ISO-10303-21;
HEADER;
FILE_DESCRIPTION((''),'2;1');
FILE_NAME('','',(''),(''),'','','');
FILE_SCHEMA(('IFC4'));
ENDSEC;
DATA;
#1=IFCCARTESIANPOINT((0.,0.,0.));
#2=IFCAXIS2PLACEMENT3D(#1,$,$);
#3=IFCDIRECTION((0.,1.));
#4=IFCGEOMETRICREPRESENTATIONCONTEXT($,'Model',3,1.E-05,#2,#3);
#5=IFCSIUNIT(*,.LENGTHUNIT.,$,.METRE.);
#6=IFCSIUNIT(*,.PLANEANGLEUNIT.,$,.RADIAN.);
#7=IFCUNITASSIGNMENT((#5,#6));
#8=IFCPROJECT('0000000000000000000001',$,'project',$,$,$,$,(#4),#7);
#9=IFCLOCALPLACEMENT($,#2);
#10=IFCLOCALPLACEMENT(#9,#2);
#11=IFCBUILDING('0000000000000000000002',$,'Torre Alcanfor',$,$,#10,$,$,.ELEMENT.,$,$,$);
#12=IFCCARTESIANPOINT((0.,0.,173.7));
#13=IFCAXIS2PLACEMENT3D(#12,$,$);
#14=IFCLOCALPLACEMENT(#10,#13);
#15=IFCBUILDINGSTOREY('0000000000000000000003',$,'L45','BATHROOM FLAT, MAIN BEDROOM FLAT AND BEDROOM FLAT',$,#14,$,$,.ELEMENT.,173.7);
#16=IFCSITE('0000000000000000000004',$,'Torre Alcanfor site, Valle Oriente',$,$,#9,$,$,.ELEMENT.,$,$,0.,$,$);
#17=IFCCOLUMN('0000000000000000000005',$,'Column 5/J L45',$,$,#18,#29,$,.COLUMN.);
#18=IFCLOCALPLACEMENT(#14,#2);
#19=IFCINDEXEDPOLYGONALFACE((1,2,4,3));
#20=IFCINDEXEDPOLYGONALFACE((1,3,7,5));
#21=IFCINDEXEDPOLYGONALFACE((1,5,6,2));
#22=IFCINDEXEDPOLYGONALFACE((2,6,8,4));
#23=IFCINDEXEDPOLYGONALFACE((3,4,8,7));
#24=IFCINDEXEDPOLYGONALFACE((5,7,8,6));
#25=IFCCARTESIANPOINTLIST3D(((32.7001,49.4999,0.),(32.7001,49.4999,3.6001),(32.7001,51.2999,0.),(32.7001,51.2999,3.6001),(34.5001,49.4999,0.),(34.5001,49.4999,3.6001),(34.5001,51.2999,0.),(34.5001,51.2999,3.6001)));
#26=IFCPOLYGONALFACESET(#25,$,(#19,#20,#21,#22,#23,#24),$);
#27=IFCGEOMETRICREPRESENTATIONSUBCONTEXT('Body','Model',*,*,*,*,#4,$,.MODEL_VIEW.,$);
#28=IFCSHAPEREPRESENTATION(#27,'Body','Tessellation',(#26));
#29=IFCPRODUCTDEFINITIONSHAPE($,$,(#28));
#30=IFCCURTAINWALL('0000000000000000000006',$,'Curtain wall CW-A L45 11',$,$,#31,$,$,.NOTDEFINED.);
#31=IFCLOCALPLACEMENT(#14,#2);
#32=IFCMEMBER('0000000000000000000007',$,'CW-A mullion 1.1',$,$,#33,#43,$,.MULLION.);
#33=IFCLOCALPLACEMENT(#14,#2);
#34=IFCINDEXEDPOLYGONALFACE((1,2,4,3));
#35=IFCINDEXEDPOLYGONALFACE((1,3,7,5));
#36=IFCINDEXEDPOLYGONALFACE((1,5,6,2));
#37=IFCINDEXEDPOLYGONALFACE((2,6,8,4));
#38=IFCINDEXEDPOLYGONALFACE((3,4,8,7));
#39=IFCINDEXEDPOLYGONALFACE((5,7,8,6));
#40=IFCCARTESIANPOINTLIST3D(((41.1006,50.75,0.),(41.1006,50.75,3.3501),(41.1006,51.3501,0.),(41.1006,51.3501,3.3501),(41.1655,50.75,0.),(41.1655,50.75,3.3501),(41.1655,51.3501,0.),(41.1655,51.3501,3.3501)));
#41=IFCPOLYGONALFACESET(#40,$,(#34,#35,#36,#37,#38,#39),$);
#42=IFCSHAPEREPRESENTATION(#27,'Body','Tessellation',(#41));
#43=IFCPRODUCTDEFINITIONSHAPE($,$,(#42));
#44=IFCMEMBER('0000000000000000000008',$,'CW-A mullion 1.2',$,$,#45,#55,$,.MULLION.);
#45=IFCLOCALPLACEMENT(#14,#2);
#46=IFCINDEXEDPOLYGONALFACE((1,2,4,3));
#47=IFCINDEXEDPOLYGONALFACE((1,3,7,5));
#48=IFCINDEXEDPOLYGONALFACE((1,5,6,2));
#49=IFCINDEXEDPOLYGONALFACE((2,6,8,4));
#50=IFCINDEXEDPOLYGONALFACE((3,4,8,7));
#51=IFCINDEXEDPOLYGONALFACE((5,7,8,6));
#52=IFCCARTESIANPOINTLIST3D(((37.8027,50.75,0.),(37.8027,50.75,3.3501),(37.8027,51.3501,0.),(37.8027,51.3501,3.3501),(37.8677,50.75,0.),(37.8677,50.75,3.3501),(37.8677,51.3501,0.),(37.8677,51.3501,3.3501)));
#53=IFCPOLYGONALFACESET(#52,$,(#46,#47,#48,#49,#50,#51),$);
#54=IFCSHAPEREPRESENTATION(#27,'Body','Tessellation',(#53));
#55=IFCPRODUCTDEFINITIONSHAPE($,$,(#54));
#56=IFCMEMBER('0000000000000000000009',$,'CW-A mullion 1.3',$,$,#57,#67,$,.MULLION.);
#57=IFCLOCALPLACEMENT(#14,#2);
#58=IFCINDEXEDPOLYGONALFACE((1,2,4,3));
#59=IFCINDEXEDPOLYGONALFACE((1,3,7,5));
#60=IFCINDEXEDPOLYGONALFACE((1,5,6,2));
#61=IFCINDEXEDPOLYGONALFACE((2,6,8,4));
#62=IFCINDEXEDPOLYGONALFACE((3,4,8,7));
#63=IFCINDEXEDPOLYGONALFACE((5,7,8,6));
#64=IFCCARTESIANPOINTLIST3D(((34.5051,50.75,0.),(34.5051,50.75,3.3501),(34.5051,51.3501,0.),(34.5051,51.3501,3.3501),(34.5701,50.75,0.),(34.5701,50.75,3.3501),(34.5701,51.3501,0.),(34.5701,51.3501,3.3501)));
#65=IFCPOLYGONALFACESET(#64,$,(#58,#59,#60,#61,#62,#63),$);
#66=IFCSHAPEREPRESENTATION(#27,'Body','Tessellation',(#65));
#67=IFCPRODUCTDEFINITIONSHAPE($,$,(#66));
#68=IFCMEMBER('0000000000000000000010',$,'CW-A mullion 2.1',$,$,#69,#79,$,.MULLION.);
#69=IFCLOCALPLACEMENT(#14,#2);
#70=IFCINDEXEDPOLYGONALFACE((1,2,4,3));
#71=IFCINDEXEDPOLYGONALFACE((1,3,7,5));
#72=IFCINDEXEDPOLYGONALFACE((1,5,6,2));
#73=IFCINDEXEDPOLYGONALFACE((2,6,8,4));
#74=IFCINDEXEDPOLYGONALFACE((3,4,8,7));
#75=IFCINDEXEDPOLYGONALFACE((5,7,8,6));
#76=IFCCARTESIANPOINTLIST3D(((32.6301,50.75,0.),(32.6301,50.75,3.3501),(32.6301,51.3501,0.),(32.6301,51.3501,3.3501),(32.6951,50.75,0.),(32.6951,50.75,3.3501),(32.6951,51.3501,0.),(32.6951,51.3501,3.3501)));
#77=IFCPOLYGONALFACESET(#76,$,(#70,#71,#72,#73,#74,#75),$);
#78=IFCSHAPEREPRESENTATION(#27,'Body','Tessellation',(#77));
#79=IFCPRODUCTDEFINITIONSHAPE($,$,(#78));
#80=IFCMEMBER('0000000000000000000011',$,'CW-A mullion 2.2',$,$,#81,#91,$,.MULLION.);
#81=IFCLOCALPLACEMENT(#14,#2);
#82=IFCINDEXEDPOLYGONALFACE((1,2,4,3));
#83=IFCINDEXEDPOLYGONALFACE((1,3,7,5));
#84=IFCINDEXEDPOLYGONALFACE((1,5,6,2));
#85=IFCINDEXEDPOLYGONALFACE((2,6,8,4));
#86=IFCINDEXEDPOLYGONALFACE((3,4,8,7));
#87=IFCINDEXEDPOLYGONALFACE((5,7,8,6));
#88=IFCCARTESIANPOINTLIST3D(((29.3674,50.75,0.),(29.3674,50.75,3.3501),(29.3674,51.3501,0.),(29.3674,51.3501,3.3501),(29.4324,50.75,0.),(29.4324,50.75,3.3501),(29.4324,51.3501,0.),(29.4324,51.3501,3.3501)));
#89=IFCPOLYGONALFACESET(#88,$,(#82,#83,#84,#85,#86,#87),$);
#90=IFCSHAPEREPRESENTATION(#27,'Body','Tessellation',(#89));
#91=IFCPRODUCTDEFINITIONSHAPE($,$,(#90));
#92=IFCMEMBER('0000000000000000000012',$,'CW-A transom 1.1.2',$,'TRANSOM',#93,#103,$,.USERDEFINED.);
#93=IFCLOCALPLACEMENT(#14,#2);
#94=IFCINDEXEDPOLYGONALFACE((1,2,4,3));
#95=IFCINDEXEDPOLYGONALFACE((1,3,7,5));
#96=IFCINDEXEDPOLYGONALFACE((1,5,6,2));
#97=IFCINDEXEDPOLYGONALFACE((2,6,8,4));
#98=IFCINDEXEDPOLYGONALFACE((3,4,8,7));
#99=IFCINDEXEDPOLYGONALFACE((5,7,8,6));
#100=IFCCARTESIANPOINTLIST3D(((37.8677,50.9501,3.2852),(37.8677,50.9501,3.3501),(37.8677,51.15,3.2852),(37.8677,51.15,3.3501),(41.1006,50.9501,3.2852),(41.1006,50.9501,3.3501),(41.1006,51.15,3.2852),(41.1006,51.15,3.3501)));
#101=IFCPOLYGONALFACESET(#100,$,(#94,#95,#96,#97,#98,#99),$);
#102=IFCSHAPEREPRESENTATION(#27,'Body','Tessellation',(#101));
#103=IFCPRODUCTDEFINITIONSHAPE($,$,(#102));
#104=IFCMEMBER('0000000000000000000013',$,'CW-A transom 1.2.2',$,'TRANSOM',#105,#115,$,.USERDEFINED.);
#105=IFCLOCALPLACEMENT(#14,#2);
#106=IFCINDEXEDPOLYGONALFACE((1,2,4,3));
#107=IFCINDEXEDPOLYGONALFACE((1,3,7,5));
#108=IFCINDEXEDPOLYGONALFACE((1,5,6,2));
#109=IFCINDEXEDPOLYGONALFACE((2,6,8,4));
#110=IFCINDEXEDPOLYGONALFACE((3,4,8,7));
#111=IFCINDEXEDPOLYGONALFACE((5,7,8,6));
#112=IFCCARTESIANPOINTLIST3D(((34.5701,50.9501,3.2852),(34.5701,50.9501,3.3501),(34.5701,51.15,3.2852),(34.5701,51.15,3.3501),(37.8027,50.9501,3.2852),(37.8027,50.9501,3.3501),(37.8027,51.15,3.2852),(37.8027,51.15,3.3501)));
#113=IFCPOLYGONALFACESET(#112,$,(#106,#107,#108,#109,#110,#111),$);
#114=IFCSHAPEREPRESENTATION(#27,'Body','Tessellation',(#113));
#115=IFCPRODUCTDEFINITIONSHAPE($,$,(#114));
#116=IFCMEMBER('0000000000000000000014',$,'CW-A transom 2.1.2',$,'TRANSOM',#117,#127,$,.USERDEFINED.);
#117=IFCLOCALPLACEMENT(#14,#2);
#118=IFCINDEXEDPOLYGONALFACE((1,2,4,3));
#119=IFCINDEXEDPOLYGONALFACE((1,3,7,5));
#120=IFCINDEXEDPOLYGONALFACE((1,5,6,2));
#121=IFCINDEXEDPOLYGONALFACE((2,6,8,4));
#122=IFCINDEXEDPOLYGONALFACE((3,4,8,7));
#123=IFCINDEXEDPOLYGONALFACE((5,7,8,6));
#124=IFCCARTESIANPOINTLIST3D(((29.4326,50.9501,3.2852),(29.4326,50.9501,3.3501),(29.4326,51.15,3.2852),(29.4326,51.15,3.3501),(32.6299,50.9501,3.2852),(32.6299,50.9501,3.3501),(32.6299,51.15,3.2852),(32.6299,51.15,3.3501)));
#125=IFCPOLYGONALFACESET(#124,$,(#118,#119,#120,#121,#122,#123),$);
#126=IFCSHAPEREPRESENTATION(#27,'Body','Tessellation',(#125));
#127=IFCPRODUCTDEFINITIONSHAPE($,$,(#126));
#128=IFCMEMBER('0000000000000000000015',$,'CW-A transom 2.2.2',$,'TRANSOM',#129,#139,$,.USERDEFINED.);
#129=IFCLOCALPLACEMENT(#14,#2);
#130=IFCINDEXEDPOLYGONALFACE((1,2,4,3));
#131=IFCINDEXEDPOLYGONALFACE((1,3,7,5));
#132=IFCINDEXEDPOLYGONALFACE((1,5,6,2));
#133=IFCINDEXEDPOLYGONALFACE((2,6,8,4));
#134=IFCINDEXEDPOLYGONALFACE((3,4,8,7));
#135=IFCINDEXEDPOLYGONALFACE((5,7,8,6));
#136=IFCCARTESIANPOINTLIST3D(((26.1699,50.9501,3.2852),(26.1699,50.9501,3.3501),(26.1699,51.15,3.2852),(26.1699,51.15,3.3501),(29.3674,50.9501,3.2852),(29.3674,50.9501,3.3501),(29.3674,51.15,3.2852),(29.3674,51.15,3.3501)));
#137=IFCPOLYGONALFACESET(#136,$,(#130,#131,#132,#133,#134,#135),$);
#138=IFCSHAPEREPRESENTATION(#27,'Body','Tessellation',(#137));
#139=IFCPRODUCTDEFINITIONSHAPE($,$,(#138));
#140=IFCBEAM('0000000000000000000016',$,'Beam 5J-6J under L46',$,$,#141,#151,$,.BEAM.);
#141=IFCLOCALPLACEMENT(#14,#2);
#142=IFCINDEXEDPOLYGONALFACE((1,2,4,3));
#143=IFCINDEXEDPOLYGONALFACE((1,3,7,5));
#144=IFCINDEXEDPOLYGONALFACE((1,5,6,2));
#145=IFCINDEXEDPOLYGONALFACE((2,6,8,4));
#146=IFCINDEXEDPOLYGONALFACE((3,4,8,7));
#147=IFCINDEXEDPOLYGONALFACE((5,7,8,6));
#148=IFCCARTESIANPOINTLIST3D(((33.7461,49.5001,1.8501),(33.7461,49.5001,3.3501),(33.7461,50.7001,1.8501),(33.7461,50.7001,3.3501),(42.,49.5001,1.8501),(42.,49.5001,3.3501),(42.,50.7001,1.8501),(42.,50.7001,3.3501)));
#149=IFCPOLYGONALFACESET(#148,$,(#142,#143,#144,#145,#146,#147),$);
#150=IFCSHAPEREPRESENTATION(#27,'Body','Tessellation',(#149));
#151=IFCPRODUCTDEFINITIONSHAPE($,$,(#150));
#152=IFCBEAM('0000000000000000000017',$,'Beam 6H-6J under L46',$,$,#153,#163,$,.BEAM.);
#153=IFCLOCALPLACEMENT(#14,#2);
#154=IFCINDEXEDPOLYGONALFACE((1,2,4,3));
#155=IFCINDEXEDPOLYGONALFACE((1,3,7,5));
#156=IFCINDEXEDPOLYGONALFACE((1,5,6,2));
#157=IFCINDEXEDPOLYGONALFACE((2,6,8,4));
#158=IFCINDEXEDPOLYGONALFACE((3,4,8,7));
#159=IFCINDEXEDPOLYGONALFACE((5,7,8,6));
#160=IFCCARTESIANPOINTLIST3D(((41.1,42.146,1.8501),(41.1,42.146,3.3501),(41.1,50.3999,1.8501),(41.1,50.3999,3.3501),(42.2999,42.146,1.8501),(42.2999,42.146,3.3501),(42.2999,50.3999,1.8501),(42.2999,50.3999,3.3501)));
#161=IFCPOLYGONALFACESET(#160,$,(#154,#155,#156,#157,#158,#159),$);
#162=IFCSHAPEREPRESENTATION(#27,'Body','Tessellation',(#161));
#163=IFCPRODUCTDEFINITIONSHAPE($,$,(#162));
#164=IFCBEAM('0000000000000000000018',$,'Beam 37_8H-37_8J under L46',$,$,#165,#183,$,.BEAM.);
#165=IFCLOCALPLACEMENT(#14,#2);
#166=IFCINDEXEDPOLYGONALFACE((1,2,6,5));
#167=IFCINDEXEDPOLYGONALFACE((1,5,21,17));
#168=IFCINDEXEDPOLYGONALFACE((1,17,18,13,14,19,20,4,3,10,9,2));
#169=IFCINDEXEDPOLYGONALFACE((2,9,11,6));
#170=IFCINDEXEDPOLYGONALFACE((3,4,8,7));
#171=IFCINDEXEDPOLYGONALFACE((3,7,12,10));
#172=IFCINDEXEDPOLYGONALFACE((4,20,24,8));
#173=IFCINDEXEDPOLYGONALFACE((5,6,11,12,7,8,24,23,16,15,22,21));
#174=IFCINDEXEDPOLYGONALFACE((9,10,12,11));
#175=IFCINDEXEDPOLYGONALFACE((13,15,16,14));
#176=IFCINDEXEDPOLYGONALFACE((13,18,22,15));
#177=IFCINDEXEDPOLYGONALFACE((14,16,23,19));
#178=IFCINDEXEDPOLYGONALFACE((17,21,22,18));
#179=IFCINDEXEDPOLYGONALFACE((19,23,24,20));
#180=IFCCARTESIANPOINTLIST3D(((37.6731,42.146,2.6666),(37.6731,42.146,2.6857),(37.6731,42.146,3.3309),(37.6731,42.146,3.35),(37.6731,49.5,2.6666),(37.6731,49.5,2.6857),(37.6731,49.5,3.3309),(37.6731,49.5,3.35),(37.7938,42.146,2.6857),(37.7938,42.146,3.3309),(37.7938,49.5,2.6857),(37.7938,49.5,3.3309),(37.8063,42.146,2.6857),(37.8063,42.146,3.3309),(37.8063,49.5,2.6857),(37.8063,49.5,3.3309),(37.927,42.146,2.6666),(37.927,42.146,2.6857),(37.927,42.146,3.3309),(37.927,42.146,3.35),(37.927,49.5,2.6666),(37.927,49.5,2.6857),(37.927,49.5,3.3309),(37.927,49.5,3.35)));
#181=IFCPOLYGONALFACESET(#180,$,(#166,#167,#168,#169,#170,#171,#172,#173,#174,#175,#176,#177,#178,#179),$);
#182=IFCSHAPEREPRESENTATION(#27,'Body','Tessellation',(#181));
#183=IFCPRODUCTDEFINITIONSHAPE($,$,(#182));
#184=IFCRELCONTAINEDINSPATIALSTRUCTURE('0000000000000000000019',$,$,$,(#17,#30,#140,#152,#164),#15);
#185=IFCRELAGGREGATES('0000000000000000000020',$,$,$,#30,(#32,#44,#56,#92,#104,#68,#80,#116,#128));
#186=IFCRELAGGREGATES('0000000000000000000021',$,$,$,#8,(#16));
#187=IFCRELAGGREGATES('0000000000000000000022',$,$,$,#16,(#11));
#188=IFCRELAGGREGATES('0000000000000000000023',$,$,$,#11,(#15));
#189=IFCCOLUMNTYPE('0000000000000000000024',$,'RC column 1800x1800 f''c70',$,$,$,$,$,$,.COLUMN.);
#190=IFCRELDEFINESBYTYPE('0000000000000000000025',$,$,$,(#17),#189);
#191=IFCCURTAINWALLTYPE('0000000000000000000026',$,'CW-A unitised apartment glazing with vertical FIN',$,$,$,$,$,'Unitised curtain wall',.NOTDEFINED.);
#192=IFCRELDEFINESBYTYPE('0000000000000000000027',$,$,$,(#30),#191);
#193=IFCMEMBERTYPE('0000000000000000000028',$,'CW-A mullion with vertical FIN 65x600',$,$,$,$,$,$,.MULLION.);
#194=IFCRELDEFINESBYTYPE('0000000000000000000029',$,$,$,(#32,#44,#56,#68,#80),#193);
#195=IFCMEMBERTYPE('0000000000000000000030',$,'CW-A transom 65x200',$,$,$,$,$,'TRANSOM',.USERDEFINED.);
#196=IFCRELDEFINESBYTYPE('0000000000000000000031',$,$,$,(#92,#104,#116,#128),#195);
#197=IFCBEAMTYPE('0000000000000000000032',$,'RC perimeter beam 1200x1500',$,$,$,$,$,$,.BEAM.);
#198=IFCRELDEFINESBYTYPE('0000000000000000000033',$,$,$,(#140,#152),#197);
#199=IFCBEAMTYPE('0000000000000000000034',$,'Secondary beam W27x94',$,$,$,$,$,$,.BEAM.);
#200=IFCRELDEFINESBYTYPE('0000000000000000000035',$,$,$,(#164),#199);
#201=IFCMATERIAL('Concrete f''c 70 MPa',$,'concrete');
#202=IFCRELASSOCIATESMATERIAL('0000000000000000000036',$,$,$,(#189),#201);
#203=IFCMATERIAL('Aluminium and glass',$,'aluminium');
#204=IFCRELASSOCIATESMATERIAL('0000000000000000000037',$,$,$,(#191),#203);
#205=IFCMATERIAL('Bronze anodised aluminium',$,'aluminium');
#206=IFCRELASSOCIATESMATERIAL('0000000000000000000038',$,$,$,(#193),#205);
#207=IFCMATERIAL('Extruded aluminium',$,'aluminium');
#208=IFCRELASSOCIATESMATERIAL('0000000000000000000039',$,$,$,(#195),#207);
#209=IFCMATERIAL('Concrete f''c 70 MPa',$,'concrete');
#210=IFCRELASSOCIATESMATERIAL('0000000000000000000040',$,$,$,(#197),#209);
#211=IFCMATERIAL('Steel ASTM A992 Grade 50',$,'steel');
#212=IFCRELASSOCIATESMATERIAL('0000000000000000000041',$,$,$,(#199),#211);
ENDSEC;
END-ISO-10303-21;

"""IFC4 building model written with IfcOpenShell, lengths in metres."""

from ifc_helpers import new_model, si_unit, direction, frame, origin, origin_2d, place, context, subcontext, project, spatial, rectangle, i_section, extrude, material, material_profile, profile_set, type_object, element, aggregate, save


model = new_model("IFC4")

# Units and contexts
model_context = context("Model", 3, precision=1e-05, world=origin(), true_north=direction((0.0, 1.0)))
body_context = subcontext(model_context, "Body", "Model", "MODEL_VIEW")
ifc_project = project(units=[si_unit("LENGTHUNIT", "METRE"), si_unit("PLANEANGLEUNIT", "RADIAN")], contexts=[model_context])

# Site, building, storey
site_placement = place(None, origin())
site = spatial("IfcSite", under=ifc_project, at=site_placement, Name="Torre Alcanfor site, Valle Oriente", CompositionType="ELEMENT", RefElevation=0.0)
building_placement = place(site_placement, origin())
building = spatial("IfcBuilding", under=site, at=building_placement, Name="Torre Alcanfor", CompositionType="ELEMENT")
storey_placement = place(building_placement, frame((0.0, 0.0, 173.7)))
storey = spatial("IfcBuildingStorey", under=building, at=storey_placement, Name="L45", Description="BATHROOM FLAT, MAIN BEDROOM FLAT AND BEDROOM FLAT", CompositionType="ELEMENT", Elevation=173.7)

# Column
ifc_material_1 = material(Name="Concrete f'c 70 MPa", Category="concrete")
ifc_material_profile_1 = material_profile(ifc_material_1, rectangle(XDim=1.8, YDim=1.8, at=origin_2d()), Name="1800x1800")
ifc_profile_set_1 = profile_set([ifc_material_profile_1], Name="Concrete f'c 70 MPa")
column_type = type_object("IfcColumnType", Name="RC column 1800x1800 f'c70", PredefinedType="COLUMN", material=ifc_profile_set_1)
column_placement = place(storey_placement, frame((33.6001, 50.3999, 0.0), z_axis=(0.0, 0.0, 1.0), x_axis=(1.0, 0.0, 0.0)))
element("IfcColumn", 1, at=column_placement, inside=storey, type_object=column_type, Name="Column 5/J L45", PredefinedType="COLUMN", context=body_context, shape_type="SweptSolid", body=[
    extrude(rectangle(XDim=1.8, YDim=1.8, at=origin_2d()), origin(), (0.0, 0.0, 1.0), 3.6001),
])

# Curtain wall, members
ifc_material_2 = material(Name="Aluminium and glass", Category="aluminium")
curtain_wall_type = type_object("IfcCurtainWallType", Name="CW-A unitised apartment glazing with vertical FIN", ElementType="Unitised curtain wall", PredefinedType="NOTDEFINED", material=ifc_material_2)
curtain_wall_placement = place(storey_placement, origin())
curtain_wall = element("IfcCurtainWall", 2, at=curtain_wall_placement, inside=storey, type_object=curtain_wall_type, Name="Curtain wall CW-A L45 11", PredefinedType="NOTDEFINED")
ifc_material_3 = material(Name="Bronze anodised aluminium", Category="aluminium")
ifc_material_profile_2 = material_profile(ifc_material_3, rectangle(XDim=0.6001, YDim=0.0649, at=origin_2d()), Name="CW-A mullion 65x600")
ifc_profile_set_2 = profile_set([ifc_material_profile_2], Name="Bronze anodised aluminium")
member_type_1 = type_object("IfcMemberType", Name="CW-A mullion with vertical FIN 65x600", PredefinedType="MULLION", material=ifc_profile_set_2)
member_1_placement = place(storey_placement, frame((41.1331, 51.05, 0.0), z_axis=(0.0, 0.0, 1.0), x_axis=(0.0, -1.0, 0.0)))
member_1 = element("IfcMember", 3, at=member_1_placement, type_object=member_type_1, Name="CW-A mullion 1.1", PredefinedType="MULLION", context=body_context, shape_type="SweptSolid", body=[
    extrude(rectangle(XDim=0.6001, YDim=0.0649, at=origin_2d()), origin(), (0.0, 0.0, 1.0), 3.3501),
])
member_2_placement = place(storey_placement, frame((37.8352, 51.05, 0.0), z_axis=(0.0, 0.0, 1.0), x_axis=(0.0, -1.0, 0.0)))
member_2 = element("IfcMember", 4, at=member_2_placement, type_object=member_type_1, Name="CW-A mullion 1.2", PredefinedType="MULLION", context=body_context, shape_type="SweptSolid", body=[
    extrude(rectangle(XDim=0.6001, YDim=0.0649, at=origin_2d()), origin(), (0.0, 0.0, 1.0), 3.3501),
])
member_3_placement = place(storey_placement, frame((34.5376, 51.05, 0.0), z_axis=(0.0, 0.0, 1.0), x_axis=(0.0, -1.0, 0.0)))
member_3 = element("IfcMember", 5, at=member_3_placement, type_object=member_type_1, Name="CW-A mullion 1.3", PredefinedType="MULLION", context=body_context, shape_type="SweptSolid", body=[
    extrude(rectangle(XDim=0.6001, YDim=0.0649, at=origin_2d()), origin(), (0.0, 0.0, 1.0), 3.3501),
])
member_4_placement = place(storey_placement, frame((32.6626, 51.05, 0.0), z_axis=(0.0, 0.0, 1.0), x_axis=(0.0, -1.0, 0.0)))
member_4 = element("IfcMember", 6, at=member_4_placement, type_object=member_type_1, Name="CW-A mullion 2.1", PredefinedType="MULLION", context=body_context, shape_type="SweptSolid", body=[
    extrude(rectangle(XDim=0.6001, YDim=0.0649, at=origin_2d()), origin(), (0.0, 0.0, 1.0), 3.3501),
])
member_5_placement = place(storey_placement, frame((29.3999, 51.05, 0.0), z_axis=(0.0, 0.0, 1.0), x_axis=(0.0, -1.0, 0.0)))
member_5 = element("IfcMember", 7, at=member_5_placement, type_object=member_type_1, Name="CW-A mullion 2.2", PredefinedType="MULLION", context=body_context, shape_type="SweptSolid", body=[
    extrude(rectangle(XDim=0.6001, YDim=0.0649, at=origin_2d()), origin(), (0.0, 0.0, 1.0), 3.3501),
])
ifc_material_4 = material(Name="Extruded aluminium", Category="aluminium")
ifc_material_profile_3 = material_profile(ifc_material_4, rectangle(XDim=0.2, YDim=0.0649, at=origin_2d()), Name="CW-A transom 200x65")
ifc_profile_set_3 = profile_set([ifc_material_profile_3], Name="Extruded aluminium")
member_type_2 = type_object("IfcMemberType", Name="CW-A transom 65x200", ElementType="TRANSOM", PredefinedType="USERDEFINED", material=ifc_profile_set_3)
member_6_placement = place(storey_placement, frame((41.1006, 51.05, 3.3176), z_axis=(-1.0, 0.0, 0.0), x_axis=(0.0, -1.0, 0.0)))
member_6 = element("IfcMember", 8, at=member_6_placement, type_object=member_type_2, Name="CW-A transom 1.1.2", ObjectType="TRANSOM", PredefinedType="USERDEFINED", context=body_context, shape_type="SweptSolid", body=[
    extrude(rectangle(XDim=0.2, YDim=0.0649, at=origin_2d()), origin(), (0.0, 0.0, 1.0), 3.2329),
])
member_7_placement = place(storey_placement, frame((37.8027, 51.05, 3.3176), z_axis=(-1.0, 0.0, 0.0), x_axis=(0.0, -1.0, 0.0)))
member_7 = element("IfcMember", 9, at=member_7_placement, type_object=member_type_2, Name="CW-A transom 1.2.2", ObjectType="TRANSOM", PredefinedType="USERDEFINED", context=body_context, shape_type="SweptSolid", body=[
    extrude(rectangle(XDim=0.2, YDim=0.0649, at=origin_2d()), origin(), (0.0, 0.0, 1.0), 3.2327),
])
member_8_placement = place(storey_placement, frame((32.6299, 51.05, 3.3176), z_axis=(-1.0, 0.0, 0.0), x_axis=(0.0, -1.0, 0.0)))
member_8 = element("IfcMember", 10, at=member_8_placement, type_object=member_type_2, Name="CW-A transom 2.1.2", ObjectType="TRANSOM", PredefinedType="USERDEFINED", context=body_context, shape_type="SweptSolid", body=[
    extrude(rectangle(XDim=0.2, YDim=0.0649, at=origin_2d()), origin(), (0.0, 0.0, 1.0), 3.1973),
])
member_9_placement = place(storey_placement, frame((29.3674, 51.05, 3.3176), z_axis=(-1.0, 0.0, 0.0), x_axis=(0.0, -1.0, 0.0)))
member_9 = element("IfcMember", 11, at=member_9_placement, type_object=member_type_2, Name="CW-A transom 2.2.2", ObjectType="TRANSOM", PredefinedType="USERDEFINED", context=body_context, shape_type="SweptSolid", body=[
    extrude(rectangle(XDim=0.2, YDim=0.0649, at=origin_2d()), origin(), (0.0, 0.0, 1.0), 3.1975),
])

# Beams
ifc_material_5 = material(Name="Concrete f'c 70 MPa", Category="concrete")
ifc_material_profile_4 = material_profile(ifc_material_5, rectangle(XDim=1.2, YDim=1.5, at=origin_2d()), Name="1200x1500")
ifc_profile_set_4 = profile_set([ifc_material_profile_4], Name="Concrete f'c 70 MPa")
beam_type_1 = type_object("IfcBeamType", Name="RC perimeter beam 1200x1500", PredefinedType="BEAM", material=ifc_profile_set_4)
for number, where, z_axis, x_axis, name in (
    (12, (33.7461, 50.1001, 2.6001), (1.0, 0.0, 0.0), (0.0, 1.0, 0.0), "Beam 5J-6J under L46"),
    (13, (41.7, 42.146, 2.6001), (0.0, 1.0, 0.0), (-1.0, 0.0, 0.0), "Beam 6H-6J under L46"),
):
    element("IfcBeam", number, at=place(storey_placement, frame(where, z_axis=z_axis, x_axis=x_axis)), inside=storey, type_object=beam_type_1, Name=name, PredefinedType="BEAM", context=body_context, shape_type="SweptSolid", body=[
        extrude(rectangle(XDim=1.2, YDim=1.5, at=origin_2d()), origin(), (0.0, 0.0, 1.0), 8.2539),
    ])
ifc_material_6 = material(Name="Steel ASTM A992 Grade 50", Category="steel")
ifc_material_profile_5 = material_profile(ifc_material_6, i_section(OverallWidth=0.2539, OverallDepth=0.6833, WebThickness=0.0125, FlangeThickness=0.019, at=origin_2d()), Name="W27x94")
ifc_profile_set_5 = profile_set([ifc_material_profile_5], Name="Steel ASTM A992 Grade 50")
beam_type_2 = type_object("IfcBeamType", Name="Secondary beam W27x94", PredefinedType="BEAM", material=ifc_profile_set_5)
beam_placement = place(storey_placement, frame((37.8, 42.146, 3.0083), z_axis=(0.0, 1.0, 0.0), x_axis=(-1.0, 0.0, 0.0)))
element("IfcBeam", 14, at=beam_placement, inside=storey, type_object=beam_type_2, Name="Beam 37_8H-37_8J under L46", PredefinedType="BEAM", context=body_context, shape_type="SweptSolid", body=[
    extrude(i_section(OverallWidth=0.2539, OverallDepth=0.6833, WebThickness=0.0125, FlangeThickness=0.019, at=origin_2d()), origin(), (0.0, 0.0, 1.0), 7.354),
])

aggregate(curtain_wall, [member_1, member_2, member_3, member_6, member_7, member_4, member_5, member_8, member_9])

save(model, "model.ifc")
